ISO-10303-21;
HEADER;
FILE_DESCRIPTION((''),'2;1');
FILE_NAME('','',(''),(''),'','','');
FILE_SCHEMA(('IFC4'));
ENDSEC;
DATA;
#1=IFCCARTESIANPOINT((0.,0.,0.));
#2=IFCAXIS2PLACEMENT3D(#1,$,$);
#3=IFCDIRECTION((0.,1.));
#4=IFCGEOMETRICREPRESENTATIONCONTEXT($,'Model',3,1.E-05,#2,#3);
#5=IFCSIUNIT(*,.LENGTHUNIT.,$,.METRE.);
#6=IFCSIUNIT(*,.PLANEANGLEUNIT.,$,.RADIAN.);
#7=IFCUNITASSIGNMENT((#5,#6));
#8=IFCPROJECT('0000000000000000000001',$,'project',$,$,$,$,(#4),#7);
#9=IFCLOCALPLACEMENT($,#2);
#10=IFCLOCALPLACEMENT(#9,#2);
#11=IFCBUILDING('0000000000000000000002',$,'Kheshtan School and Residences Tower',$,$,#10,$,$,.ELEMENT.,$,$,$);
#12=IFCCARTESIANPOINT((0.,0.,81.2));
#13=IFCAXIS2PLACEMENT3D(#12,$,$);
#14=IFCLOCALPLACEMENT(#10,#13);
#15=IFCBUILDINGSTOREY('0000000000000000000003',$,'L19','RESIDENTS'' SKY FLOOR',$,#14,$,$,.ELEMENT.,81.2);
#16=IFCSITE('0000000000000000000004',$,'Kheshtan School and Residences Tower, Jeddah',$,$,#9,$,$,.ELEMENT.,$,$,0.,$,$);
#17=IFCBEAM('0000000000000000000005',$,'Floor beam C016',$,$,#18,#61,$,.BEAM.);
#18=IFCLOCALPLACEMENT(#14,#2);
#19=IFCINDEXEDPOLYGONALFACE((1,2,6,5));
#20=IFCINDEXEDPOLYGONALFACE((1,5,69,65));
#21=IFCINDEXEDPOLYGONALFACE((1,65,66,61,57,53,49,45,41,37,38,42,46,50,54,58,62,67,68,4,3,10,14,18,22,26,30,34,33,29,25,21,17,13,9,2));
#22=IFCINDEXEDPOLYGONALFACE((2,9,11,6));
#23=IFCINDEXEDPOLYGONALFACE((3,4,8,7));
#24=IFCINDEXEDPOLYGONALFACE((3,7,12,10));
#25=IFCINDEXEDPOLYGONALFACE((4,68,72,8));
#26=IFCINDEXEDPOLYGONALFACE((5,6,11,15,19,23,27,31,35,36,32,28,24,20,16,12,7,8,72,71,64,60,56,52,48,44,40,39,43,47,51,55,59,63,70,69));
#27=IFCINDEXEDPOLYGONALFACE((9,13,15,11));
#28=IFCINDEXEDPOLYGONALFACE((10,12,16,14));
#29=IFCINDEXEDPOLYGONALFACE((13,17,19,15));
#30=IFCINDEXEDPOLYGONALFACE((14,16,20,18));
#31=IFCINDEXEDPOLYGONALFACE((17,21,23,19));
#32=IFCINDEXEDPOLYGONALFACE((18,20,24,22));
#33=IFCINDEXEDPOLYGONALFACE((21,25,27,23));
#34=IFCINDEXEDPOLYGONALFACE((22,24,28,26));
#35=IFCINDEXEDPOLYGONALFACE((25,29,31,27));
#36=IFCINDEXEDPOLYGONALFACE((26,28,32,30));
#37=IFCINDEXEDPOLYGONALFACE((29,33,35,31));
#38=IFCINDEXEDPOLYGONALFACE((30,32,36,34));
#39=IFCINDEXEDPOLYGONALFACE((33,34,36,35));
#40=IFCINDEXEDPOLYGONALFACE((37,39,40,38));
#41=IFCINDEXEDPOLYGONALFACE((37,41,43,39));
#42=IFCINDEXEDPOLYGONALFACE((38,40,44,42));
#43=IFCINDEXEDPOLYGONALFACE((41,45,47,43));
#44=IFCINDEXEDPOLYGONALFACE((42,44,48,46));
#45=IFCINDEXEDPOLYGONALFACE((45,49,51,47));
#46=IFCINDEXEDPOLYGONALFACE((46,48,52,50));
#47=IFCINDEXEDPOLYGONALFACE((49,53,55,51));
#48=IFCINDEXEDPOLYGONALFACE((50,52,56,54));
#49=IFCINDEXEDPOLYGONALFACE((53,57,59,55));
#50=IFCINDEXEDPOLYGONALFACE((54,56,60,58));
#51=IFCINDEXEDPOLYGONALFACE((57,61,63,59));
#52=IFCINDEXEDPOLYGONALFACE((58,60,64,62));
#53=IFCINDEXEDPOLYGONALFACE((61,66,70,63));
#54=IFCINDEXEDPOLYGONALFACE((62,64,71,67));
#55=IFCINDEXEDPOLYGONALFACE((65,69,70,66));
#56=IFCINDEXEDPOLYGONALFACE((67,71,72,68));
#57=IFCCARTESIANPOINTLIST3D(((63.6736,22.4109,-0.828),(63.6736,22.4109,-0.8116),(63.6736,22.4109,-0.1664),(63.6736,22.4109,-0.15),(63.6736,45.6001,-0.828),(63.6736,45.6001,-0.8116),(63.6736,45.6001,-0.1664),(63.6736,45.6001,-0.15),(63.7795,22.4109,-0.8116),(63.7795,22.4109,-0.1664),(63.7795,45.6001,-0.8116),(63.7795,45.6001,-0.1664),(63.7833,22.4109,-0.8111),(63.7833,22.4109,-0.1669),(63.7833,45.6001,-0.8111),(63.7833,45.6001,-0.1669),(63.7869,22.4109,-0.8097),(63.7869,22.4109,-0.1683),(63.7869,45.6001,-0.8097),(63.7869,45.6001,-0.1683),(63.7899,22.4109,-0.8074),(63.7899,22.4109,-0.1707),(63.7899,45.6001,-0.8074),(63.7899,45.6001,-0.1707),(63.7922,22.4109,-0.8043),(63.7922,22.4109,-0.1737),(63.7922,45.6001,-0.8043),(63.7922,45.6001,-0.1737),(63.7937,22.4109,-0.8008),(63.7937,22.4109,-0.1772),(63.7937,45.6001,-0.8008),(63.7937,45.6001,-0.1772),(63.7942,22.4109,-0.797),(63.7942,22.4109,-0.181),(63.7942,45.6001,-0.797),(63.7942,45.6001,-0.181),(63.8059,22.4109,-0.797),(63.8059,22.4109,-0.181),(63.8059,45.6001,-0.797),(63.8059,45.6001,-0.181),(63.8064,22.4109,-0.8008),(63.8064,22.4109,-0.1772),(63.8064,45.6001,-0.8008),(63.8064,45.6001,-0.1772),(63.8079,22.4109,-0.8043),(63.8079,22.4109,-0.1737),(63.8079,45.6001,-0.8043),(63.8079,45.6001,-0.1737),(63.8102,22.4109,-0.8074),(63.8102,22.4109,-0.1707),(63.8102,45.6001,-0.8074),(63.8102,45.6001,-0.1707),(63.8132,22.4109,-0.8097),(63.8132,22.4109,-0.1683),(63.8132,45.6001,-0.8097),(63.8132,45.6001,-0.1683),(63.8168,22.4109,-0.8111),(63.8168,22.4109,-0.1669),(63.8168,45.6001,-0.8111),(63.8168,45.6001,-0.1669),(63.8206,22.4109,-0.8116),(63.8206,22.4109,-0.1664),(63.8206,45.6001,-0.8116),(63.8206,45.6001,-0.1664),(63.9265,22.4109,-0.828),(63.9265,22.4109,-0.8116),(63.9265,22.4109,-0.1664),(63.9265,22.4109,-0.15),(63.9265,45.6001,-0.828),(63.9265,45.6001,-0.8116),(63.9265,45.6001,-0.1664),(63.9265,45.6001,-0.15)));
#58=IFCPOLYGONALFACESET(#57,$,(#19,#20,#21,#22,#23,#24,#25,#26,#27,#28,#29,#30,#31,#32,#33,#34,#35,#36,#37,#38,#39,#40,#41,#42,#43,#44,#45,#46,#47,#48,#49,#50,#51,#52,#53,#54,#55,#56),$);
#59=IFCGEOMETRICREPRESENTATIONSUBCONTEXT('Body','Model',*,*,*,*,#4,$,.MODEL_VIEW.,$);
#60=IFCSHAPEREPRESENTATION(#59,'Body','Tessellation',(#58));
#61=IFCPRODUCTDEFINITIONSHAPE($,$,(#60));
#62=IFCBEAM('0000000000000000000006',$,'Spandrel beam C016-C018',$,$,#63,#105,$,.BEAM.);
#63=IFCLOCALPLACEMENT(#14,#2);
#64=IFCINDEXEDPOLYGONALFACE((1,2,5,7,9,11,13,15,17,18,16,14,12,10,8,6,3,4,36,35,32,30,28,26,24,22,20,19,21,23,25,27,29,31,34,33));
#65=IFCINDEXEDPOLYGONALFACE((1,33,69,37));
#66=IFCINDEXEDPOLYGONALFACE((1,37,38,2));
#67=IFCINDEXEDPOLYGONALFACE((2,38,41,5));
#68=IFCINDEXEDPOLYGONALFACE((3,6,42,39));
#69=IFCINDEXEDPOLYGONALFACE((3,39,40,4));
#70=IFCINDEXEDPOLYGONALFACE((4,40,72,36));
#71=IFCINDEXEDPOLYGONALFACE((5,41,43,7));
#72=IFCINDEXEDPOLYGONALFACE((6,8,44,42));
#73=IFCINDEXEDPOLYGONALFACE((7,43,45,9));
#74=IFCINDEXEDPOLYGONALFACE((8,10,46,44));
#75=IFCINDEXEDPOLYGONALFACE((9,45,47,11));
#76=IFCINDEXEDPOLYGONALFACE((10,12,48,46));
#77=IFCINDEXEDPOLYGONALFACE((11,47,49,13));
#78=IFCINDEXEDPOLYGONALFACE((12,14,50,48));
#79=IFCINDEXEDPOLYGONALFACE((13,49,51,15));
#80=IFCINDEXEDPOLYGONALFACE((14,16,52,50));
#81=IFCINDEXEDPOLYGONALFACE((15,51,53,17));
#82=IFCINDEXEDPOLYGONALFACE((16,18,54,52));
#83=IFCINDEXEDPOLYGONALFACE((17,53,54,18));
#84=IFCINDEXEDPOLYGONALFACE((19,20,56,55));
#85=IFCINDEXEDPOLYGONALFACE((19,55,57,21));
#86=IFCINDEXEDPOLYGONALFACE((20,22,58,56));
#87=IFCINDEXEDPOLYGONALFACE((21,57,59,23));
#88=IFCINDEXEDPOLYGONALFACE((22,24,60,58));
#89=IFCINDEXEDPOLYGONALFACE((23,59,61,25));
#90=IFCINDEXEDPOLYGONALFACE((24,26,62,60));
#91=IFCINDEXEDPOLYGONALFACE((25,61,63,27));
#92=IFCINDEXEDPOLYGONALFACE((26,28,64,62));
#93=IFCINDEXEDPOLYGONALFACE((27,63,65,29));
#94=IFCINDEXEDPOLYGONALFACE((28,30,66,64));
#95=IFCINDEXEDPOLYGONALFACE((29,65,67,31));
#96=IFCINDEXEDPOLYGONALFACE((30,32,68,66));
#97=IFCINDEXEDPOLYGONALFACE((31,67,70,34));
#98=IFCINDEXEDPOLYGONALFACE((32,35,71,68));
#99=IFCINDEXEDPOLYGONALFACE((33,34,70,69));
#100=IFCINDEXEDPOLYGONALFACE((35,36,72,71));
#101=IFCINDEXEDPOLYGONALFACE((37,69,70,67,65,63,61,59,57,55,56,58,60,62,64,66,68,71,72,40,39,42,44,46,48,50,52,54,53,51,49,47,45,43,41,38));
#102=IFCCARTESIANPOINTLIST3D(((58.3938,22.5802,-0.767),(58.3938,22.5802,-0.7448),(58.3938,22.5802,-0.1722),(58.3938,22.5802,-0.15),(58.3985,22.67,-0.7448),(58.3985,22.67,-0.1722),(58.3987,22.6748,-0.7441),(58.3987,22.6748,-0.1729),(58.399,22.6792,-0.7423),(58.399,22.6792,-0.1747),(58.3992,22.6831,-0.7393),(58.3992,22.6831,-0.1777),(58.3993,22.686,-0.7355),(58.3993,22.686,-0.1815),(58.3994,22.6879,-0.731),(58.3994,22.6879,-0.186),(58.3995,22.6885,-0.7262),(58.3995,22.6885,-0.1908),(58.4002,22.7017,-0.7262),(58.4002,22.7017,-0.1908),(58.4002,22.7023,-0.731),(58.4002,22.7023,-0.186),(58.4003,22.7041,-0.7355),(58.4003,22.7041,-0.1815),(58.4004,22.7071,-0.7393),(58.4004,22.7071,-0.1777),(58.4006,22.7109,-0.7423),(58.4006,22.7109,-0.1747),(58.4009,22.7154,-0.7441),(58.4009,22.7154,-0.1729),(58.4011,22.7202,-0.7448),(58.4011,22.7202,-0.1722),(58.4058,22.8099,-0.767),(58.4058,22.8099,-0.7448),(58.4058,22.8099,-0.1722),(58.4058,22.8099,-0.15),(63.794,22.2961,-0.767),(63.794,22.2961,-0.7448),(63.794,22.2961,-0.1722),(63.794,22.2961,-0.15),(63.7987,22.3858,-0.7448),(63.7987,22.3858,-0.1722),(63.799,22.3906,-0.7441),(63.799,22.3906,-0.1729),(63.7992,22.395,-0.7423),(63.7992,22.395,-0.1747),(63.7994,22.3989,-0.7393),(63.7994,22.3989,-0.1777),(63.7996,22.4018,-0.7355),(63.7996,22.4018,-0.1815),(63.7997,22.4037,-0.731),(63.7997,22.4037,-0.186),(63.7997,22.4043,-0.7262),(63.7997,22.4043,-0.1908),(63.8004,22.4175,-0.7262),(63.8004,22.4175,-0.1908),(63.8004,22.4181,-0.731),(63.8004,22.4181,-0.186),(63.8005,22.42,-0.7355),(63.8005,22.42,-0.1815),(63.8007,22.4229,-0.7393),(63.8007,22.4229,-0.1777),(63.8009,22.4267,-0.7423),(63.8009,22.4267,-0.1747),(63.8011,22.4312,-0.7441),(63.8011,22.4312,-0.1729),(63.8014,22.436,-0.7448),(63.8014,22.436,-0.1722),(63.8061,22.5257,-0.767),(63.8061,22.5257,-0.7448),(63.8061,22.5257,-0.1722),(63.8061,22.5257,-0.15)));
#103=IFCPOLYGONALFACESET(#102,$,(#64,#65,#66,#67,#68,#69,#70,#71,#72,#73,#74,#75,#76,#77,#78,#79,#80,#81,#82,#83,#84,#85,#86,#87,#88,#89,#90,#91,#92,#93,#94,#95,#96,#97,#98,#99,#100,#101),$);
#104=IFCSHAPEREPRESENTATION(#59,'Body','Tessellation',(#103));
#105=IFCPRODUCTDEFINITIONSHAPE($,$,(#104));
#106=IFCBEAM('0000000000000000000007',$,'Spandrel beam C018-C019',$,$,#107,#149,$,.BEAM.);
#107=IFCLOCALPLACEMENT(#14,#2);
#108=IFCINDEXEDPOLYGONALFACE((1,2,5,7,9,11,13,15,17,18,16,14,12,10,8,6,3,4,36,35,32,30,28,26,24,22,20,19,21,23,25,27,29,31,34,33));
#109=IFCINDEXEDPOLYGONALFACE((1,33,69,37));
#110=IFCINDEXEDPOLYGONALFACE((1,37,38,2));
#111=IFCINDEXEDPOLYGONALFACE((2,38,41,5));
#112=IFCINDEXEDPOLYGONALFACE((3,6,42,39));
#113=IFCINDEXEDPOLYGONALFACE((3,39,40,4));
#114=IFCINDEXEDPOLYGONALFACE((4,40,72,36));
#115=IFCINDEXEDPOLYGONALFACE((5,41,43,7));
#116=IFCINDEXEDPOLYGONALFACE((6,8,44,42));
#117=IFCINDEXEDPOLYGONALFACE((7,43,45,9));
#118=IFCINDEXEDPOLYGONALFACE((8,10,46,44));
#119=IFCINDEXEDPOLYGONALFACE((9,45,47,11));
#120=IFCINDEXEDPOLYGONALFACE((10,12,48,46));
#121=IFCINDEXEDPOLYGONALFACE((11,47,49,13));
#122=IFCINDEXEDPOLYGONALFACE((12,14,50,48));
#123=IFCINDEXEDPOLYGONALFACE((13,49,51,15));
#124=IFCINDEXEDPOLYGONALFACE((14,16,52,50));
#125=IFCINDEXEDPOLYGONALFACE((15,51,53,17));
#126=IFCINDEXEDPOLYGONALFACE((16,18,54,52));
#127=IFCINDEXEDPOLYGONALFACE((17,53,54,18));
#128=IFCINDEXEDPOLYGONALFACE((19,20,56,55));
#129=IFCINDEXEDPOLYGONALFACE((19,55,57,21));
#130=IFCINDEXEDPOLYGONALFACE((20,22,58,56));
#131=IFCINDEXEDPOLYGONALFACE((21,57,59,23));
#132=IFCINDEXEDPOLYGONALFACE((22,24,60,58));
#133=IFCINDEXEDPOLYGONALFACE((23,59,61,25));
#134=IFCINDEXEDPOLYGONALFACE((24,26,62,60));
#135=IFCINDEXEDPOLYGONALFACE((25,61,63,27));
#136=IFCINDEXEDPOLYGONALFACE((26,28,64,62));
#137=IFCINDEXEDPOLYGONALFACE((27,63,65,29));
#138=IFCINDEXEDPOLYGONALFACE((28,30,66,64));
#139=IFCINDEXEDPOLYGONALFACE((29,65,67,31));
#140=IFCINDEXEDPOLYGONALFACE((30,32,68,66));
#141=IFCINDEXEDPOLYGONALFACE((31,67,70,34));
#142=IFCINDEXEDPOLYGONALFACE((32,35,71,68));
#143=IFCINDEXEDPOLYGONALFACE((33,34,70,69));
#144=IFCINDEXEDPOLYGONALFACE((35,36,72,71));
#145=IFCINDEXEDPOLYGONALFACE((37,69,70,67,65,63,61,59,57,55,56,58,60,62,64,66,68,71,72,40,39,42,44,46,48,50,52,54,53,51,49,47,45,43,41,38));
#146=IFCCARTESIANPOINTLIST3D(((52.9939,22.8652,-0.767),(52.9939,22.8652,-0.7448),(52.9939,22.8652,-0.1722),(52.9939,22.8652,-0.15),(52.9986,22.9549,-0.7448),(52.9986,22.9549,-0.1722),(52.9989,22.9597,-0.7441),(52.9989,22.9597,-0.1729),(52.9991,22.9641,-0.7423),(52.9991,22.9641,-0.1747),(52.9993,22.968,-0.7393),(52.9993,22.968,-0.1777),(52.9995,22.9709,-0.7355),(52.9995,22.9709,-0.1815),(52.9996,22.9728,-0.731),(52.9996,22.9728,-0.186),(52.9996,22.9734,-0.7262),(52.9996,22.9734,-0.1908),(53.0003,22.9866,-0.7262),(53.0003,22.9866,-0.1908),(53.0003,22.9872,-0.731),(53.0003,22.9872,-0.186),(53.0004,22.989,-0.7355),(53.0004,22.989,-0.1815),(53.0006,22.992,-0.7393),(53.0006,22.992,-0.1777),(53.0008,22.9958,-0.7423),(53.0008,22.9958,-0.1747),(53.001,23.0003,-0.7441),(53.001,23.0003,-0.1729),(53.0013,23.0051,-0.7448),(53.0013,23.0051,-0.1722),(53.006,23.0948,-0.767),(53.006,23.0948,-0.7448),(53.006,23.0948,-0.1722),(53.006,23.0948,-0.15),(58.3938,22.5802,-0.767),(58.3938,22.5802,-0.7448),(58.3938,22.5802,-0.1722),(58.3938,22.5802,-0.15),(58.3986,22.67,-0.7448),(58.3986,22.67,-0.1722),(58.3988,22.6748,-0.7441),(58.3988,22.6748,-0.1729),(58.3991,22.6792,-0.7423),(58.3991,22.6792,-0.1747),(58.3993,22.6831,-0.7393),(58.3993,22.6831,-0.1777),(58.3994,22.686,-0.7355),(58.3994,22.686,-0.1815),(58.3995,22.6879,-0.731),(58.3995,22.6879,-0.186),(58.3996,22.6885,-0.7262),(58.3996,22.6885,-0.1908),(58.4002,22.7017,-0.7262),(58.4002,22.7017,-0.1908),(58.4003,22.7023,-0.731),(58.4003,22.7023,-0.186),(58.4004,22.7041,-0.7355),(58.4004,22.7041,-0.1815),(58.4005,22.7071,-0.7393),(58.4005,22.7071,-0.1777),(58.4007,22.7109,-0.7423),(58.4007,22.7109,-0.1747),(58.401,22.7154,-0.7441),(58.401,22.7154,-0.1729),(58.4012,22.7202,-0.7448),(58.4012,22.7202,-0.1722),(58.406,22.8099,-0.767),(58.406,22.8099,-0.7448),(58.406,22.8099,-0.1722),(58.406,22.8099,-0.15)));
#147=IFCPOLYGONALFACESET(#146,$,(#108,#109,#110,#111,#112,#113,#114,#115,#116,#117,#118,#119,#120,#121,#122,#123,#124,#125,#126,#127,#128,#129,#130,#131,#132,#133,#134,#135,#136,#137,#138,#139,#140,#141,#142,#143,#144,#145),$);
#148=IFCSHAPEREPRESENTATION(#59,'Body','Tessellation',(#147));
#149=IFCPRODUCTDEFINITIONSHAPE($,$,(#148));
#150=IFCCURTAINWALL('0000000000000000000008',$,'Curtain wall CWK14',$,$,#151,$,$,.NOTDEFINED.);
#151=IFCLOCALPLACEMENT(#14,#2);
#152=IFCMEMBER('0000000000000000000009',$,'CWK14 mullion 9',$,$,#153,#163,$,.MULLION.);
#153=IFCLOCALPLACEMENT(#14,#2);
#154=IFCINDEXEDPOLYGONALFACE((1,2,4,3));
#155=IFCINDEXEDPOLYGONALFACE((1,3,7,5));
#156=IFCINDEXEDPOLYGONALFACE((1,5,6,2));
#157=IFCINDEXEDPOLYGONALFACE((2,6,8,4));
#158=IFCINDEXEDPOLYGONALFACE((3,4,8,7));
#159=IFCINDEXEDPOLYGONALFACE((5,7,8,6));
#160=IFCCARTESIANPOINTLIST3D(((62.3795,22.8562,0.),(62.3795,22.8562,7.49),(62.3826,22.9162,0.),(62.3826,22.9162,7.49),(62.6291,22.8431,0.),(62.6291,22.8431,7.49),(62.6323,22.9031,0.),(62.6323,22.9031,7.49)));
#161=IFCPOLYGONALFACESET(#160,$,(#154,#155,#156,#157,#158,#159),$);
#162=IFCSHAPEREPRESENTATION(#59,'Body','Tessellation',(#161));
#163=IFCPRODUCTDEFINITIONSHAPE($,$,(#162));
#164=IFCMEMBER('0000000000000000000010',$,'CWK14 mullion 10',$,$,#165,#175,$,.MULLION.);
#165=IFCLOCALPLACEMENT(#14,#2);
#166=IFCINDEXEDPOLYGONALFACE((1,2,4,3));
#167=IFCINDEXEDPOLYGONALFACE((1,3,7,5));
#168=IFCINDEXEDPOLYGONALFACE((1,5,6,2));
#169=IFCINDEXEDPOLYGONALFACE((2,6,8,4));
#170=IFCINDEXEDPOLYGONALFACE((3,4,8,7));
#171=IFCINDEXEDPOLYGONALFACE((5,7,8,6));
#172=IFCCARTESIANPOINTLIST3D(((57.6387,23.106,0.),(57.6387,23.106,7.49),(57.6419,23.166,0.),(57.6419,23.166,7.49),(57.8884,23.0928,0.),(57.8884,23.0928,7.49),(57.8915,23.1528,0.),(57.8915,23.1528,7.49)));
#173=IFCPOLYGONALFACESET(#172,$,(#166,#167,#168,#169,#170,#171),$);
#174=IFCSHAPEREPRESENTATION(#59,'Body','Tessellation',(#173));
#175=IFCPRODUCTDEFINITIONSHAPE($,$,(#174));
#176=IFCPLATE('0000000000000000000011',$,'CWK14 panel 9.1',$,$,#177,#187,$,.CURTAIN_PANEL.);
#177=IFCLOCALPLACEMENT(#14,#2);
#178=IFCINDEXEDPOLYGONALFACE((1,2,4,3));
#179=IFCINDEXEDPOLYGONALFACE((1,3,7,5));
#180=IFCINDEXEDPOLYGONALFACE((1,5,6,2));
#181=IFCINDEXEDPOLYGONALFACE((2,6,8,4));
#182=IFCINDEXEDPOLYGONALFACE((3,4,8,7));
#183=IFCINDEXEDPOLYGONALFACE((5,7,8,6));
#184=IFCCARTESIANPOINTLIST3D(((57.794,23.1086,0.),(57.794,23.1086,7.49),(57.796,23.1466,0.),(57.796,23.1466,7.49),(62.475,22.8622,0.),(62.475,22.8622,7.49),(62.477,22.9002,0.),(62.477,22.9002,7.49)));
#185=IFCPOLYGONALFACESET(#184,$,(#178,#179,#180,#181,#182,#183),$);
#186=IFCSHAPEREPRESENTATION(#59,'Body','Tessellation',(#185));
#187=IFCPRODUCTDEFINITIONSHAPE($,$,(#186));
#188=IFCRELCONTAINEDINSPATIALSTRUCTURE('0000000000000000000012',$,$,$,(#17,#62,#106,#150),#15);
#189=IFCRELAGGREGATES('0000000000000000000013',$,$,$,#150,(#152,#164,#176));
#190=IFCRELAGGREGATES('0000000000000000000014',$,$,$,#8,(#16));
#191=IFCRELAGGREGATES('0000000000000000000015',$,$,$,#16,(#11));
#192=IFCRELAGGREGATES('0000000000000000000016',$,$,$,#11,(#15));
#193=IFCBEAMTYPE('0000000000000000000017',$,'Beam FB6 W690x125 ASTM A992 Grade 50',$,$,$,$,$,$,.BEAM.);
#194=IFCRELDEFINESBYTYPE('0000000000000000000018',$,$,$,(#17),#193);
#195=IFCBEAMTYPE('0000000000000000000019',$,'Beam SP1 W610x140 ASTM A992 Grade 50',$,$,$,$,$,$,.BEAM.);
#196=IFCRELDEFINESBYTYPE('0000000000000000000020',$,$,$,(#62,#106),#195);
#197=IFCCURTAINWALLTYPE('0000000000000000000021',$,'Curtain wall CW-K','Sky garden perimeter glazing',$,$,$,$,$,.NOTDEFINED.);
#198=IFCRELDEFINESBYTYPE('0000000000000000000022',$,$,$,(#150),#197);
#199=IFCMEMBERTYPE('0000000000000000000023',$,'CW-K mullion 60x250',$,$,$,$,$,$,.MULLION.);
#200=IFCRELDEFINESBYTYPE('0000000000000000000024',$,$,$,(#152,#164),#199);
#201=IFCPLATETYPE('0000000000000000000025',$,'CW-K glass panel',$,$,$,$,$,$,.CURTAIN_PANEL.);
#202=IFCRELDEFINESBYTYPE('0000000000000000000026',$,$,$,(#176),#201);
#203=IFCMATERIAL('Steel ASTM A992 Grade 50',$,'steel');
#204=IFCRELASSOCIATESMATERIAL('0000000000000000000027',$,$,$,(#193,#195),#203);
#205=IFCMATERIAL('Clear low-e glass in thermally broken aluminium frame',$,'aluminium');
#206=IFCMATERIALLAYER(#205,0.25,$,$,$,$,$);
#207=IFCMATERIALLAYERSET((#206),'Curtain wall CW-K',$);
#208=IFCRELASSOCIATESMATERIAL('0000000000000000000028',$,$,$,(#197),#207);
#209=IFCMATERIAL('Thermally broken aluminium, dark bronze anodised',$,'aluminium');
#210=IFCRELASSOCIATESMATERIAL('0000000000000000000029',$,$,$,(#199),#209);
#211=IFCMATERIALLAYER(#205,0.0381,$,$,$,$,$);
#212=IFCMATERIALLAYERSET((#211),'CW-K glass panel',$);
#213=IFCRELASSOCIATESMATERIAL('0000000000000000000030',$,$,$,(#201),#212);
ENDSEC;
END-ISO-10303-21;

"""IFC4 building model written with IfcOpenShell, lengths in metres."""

from ifc_helpers import new_model, si_unit, direction, frame, origin, origin_2d, place, context, subcontext, project, spatial, rectangle, i_section, extrude, material, layer, layer_set, material_profile, profile_set, type_object, element, aggregate, save


model = new_model("IFC4")

# Units and contexts
model_context = context("Model", 3, precision=1e-05, world=origin(), true_north=direction((0.0, 1.0)))
body_context = subcontext(model_context, "Body", "Model", "MODEL_VIEW")
ifc_project = project(units=[si_unit("LENGTHUNIT", "METRE"), si_unit("PLANEANGLEUNIT", "RADIAN")], contexts=[model_context])

# Site, building, storey
site_placement = place(None, origin())
site = spatial("IfcSite", under=ifc_project, at=site_placement, Name="Kheshtan School and Residences Tower, Jeddah", CompositionType="ELEMENT", RefElevation=0.0)
building_placement = place(site_placement, origin())
building = spatial("IfcBuilding", under=site, at=building_placement, Name="Kheshtan School and Residences Tower", CompositionType="ELEMENT")
storey_placement = place(building_placement, frame((0.0, 0.0, 81.2)))
storey = spatial("IfcBuildingStorey", under=building, at=storey_placement, Name="L19", Description="RESIDENTS' SKY FLOOR", CompositionType="ELEMENT", Elevation=81.2)

# Shared definitions
ifc_material_1 = material(Name="Steel ASTM A992 Grade 50", Category="steel")

# Beams
ifc_material_profile_1 = material_profile(ifc_material_1, i_section(OverallWidth=0.2529, OverallDepth=0.678, WebThickness=0.0117, FlangeThickness=0.0164, FilletRadius=0.0146, at=origin_2d()), Name="W690x125")
ifc_profile_set_1 = profile_set([ifc_material_profile_1], Name="Steel ASTM A992 Grade 50")
beam_type_1 = type_object("IfcBeamType", Name="Beam FB6 W690x125 ASTM A992 Grade 50", PredefinedType="BEAM", material=ifc_profile_set_1)
beam_1_placement = place(storey_placement, frame((63.8, 22.4109, -0.489), z_axis=(0.0, 1.0, 0.0), x_axis=(-1.0, 0.0, 0.0)))
element("IfcBeam", 1, at=beam_1_placement, inside=storey, type_object=beam_type_1, Name="Floor beam C016", PredefinedType="BEAM", context=body_context, shape_type="SweptSolid", body=[
    extrude(i_section(OverallWidth=0.2529, OverallDepth=0.678, WebThickness=0.0117, FlangeThickness=0.0164, FilletRadius=0.0146, at=origin_2d()), origin(), (0.0, 0.0, 1.0), 23.1892),
])
ifc_material_profile_2 = material_profile(ifc_material_1, i_section(OverallWidth=0.23, OverallDepth=0.6169, WebThickness=0.0132, FlangeThickness=0.0222, FilletRadius=0.0186, at=origin_2d()), Name="W610x140")
ifc_profile_set_2 = profile_set([ifc_material_profile_2], Name="Steel ASTM A992 Grade 50")
beam_type_2 = type_object("IfcBeamType", Name="Beam SP1 W610x140 ASTM A992 Grade 50", PredefinedType="BEAM", material=ifc_profile_set_2)
beam_2_placement = place(storey_placement, frame((63.8, 22.4109, -0.4585), z_axis=(-0.998618, 0.052552, 0.0), x_axis=(-0.052552, -0.998618, 0.0)))
element("IfcBeam", 2, at=beam_2_placement, inside=storey, type_object=beam_type_2, Name="Spandrel beam C016-C018", PredefinedType="BEAM", context=body_context, shape_type="SweptSolid", body=[
    extrude(i_section(OverallWidth=0.23, OverallDepth=0.6169, WebThickness=0.0132, FlangeThickness=0.0222, FilletRadius=0.0186, at=origin_2d()), origin(), (0.0, 0.0, 1.0), 5.4077),
])
beam_3_placement = place(storey_placement, frame((58.3999, 22.6951, -0.4585), z_axis=(-0.998611, 0.052689, 0.0), x_axis=(-0.052689, -0.998611, 0.0)))
element("IfcBeam", 3, at=beam_3_placement, inside=storey, type_object=beam_type_2, Name="Spandrel beam C018-C019", PredefinedType="BEAM", context=body_context, shape_type="SweptSolid", body=[
    extrude(i_section(OverallWidth=0.23, OverallDepth=0.6169, WebThickness=0.0132, FlangeThickness=0.0222, FilletRadius=0.0186, at=origin_2d()), origin(), (0.0, 0.0, 1.0), 5.4075),
])

# Curtain wall, members, plate
ifc_material_2 = material(Name="Clear low-e glass in thermally broken aluminium frame", Category="aluminium")
ifc_layer_1 = layer(ifc_material_2, 0.25)
ifc_layer_set_1 = layer_set([ifc_layer_1], Name="Curtain wall CW-K")
curtain_wall_type = type_object("IfcCurtainWallType", Name="Curtain wall CW-K", Description="Sky garden perimeter glazing", PredefinedType="NOTDEFINED", material=ifc_layer_set_1)
curtain_wall_placement = place(storey_placement, origin())
curtain_wall = element("IfcCurtainWall", 4, at=curtain_wall_placement, inside=storey, type_object=curtain_wall_type, Name="Curtain wall CWK14", PredefinedType="NOTDEFINED")
ifc_material_3 = material(Name="Thermally broken aluminium, dark bronze anodised", Category="aluminium")
ifc_material_profile_3 = material_profile(ifc_material_3, rectangle(XDim=0.0601, YDim=0.25, at=origin_2d()), Name="CW-K mullion 60x250")
ifc_profile_set_3 = profile_set([ifc_material_profile_3], Name="Thermally broken aluminium, dark bronze anodised")
member_type = type_object("IfcMemberType", Name="CW-K mullion 60x250", PredefinedType="MULLION", material=ifc_profile_set_3)
member_1_placement = place(storey_placement, frame((62.5059, 22.8796, 0.0), z_axis=(0.0, 0.0, 1.0), x_axis=(-0.05257, -0.998617, 0.0)))
member_1 = element("IfcMember", 5, at=member_1_placement, type_object=member_type, Name="CWK14 mullion 9", PredefinedType="MULLION", context=body_context, shape_type="SweptSolid", body=[
    extrude(rectangle(XDim=0.0601, YDim=0.25, at=origin_2d()), origin(), (0.0, 0.0, 1.0), 7.49),
])
member_2_placement = place(storey_placement, frame((57.7651, 23.1294, 0.0), z_axis=(0.0, 0.0, 1.0), x_axis=(-0.05257, -0.998617, 0.0)))
member_2 = element("IfcMember", 6, at=member_2_placement, type_object=member_type, Name="CWK14 mullion 10", PredefinedType="MULLION", context=body_context, shape_type="SweptSolid", body=[
    extrude(rectangle(XDim=0.0601, YDim=0.25, at=origin_2d()), origin(), (0.0, 0.0, 1.0), 7.49),
])
ifc_layer_2 = layer(ifc_material_2, 0.0381)
ifc_layer_set_2 = layer_set([ifc_layer_2], Name="CW-K glass panel")
plate_type = type_object("IfcPlateType", Name="CW-K glass panel", PredefinedType="CURTAIN_PANEL", material=ifc_layer_set_2)
plate_1_placement = place(storey_placement, frame((60.1355, 23.0044, 0.0), z_axis=(0.0, 0.0, 1.0), x_axis=(-0.998617, 0.05257, 0.0)))
plate_1 = element("IfcPlate", 7, at=plate_1_placement, type_object=plate_type, Name="CWK14 panel 9.1", PredefinedType="CURTAIN_PANEL", context=body_context, shape_type="SweptSolid", body=[
    extrude(rectangle(XDim=4.6875, YDim=0.0381, at=origin_2d()), origin(), (0.0, 0.0, 1.0), 7.49),
])
aggregate(curtain_wall, [member_1, member_2, plate_1])

save(model, "model.ifc")
